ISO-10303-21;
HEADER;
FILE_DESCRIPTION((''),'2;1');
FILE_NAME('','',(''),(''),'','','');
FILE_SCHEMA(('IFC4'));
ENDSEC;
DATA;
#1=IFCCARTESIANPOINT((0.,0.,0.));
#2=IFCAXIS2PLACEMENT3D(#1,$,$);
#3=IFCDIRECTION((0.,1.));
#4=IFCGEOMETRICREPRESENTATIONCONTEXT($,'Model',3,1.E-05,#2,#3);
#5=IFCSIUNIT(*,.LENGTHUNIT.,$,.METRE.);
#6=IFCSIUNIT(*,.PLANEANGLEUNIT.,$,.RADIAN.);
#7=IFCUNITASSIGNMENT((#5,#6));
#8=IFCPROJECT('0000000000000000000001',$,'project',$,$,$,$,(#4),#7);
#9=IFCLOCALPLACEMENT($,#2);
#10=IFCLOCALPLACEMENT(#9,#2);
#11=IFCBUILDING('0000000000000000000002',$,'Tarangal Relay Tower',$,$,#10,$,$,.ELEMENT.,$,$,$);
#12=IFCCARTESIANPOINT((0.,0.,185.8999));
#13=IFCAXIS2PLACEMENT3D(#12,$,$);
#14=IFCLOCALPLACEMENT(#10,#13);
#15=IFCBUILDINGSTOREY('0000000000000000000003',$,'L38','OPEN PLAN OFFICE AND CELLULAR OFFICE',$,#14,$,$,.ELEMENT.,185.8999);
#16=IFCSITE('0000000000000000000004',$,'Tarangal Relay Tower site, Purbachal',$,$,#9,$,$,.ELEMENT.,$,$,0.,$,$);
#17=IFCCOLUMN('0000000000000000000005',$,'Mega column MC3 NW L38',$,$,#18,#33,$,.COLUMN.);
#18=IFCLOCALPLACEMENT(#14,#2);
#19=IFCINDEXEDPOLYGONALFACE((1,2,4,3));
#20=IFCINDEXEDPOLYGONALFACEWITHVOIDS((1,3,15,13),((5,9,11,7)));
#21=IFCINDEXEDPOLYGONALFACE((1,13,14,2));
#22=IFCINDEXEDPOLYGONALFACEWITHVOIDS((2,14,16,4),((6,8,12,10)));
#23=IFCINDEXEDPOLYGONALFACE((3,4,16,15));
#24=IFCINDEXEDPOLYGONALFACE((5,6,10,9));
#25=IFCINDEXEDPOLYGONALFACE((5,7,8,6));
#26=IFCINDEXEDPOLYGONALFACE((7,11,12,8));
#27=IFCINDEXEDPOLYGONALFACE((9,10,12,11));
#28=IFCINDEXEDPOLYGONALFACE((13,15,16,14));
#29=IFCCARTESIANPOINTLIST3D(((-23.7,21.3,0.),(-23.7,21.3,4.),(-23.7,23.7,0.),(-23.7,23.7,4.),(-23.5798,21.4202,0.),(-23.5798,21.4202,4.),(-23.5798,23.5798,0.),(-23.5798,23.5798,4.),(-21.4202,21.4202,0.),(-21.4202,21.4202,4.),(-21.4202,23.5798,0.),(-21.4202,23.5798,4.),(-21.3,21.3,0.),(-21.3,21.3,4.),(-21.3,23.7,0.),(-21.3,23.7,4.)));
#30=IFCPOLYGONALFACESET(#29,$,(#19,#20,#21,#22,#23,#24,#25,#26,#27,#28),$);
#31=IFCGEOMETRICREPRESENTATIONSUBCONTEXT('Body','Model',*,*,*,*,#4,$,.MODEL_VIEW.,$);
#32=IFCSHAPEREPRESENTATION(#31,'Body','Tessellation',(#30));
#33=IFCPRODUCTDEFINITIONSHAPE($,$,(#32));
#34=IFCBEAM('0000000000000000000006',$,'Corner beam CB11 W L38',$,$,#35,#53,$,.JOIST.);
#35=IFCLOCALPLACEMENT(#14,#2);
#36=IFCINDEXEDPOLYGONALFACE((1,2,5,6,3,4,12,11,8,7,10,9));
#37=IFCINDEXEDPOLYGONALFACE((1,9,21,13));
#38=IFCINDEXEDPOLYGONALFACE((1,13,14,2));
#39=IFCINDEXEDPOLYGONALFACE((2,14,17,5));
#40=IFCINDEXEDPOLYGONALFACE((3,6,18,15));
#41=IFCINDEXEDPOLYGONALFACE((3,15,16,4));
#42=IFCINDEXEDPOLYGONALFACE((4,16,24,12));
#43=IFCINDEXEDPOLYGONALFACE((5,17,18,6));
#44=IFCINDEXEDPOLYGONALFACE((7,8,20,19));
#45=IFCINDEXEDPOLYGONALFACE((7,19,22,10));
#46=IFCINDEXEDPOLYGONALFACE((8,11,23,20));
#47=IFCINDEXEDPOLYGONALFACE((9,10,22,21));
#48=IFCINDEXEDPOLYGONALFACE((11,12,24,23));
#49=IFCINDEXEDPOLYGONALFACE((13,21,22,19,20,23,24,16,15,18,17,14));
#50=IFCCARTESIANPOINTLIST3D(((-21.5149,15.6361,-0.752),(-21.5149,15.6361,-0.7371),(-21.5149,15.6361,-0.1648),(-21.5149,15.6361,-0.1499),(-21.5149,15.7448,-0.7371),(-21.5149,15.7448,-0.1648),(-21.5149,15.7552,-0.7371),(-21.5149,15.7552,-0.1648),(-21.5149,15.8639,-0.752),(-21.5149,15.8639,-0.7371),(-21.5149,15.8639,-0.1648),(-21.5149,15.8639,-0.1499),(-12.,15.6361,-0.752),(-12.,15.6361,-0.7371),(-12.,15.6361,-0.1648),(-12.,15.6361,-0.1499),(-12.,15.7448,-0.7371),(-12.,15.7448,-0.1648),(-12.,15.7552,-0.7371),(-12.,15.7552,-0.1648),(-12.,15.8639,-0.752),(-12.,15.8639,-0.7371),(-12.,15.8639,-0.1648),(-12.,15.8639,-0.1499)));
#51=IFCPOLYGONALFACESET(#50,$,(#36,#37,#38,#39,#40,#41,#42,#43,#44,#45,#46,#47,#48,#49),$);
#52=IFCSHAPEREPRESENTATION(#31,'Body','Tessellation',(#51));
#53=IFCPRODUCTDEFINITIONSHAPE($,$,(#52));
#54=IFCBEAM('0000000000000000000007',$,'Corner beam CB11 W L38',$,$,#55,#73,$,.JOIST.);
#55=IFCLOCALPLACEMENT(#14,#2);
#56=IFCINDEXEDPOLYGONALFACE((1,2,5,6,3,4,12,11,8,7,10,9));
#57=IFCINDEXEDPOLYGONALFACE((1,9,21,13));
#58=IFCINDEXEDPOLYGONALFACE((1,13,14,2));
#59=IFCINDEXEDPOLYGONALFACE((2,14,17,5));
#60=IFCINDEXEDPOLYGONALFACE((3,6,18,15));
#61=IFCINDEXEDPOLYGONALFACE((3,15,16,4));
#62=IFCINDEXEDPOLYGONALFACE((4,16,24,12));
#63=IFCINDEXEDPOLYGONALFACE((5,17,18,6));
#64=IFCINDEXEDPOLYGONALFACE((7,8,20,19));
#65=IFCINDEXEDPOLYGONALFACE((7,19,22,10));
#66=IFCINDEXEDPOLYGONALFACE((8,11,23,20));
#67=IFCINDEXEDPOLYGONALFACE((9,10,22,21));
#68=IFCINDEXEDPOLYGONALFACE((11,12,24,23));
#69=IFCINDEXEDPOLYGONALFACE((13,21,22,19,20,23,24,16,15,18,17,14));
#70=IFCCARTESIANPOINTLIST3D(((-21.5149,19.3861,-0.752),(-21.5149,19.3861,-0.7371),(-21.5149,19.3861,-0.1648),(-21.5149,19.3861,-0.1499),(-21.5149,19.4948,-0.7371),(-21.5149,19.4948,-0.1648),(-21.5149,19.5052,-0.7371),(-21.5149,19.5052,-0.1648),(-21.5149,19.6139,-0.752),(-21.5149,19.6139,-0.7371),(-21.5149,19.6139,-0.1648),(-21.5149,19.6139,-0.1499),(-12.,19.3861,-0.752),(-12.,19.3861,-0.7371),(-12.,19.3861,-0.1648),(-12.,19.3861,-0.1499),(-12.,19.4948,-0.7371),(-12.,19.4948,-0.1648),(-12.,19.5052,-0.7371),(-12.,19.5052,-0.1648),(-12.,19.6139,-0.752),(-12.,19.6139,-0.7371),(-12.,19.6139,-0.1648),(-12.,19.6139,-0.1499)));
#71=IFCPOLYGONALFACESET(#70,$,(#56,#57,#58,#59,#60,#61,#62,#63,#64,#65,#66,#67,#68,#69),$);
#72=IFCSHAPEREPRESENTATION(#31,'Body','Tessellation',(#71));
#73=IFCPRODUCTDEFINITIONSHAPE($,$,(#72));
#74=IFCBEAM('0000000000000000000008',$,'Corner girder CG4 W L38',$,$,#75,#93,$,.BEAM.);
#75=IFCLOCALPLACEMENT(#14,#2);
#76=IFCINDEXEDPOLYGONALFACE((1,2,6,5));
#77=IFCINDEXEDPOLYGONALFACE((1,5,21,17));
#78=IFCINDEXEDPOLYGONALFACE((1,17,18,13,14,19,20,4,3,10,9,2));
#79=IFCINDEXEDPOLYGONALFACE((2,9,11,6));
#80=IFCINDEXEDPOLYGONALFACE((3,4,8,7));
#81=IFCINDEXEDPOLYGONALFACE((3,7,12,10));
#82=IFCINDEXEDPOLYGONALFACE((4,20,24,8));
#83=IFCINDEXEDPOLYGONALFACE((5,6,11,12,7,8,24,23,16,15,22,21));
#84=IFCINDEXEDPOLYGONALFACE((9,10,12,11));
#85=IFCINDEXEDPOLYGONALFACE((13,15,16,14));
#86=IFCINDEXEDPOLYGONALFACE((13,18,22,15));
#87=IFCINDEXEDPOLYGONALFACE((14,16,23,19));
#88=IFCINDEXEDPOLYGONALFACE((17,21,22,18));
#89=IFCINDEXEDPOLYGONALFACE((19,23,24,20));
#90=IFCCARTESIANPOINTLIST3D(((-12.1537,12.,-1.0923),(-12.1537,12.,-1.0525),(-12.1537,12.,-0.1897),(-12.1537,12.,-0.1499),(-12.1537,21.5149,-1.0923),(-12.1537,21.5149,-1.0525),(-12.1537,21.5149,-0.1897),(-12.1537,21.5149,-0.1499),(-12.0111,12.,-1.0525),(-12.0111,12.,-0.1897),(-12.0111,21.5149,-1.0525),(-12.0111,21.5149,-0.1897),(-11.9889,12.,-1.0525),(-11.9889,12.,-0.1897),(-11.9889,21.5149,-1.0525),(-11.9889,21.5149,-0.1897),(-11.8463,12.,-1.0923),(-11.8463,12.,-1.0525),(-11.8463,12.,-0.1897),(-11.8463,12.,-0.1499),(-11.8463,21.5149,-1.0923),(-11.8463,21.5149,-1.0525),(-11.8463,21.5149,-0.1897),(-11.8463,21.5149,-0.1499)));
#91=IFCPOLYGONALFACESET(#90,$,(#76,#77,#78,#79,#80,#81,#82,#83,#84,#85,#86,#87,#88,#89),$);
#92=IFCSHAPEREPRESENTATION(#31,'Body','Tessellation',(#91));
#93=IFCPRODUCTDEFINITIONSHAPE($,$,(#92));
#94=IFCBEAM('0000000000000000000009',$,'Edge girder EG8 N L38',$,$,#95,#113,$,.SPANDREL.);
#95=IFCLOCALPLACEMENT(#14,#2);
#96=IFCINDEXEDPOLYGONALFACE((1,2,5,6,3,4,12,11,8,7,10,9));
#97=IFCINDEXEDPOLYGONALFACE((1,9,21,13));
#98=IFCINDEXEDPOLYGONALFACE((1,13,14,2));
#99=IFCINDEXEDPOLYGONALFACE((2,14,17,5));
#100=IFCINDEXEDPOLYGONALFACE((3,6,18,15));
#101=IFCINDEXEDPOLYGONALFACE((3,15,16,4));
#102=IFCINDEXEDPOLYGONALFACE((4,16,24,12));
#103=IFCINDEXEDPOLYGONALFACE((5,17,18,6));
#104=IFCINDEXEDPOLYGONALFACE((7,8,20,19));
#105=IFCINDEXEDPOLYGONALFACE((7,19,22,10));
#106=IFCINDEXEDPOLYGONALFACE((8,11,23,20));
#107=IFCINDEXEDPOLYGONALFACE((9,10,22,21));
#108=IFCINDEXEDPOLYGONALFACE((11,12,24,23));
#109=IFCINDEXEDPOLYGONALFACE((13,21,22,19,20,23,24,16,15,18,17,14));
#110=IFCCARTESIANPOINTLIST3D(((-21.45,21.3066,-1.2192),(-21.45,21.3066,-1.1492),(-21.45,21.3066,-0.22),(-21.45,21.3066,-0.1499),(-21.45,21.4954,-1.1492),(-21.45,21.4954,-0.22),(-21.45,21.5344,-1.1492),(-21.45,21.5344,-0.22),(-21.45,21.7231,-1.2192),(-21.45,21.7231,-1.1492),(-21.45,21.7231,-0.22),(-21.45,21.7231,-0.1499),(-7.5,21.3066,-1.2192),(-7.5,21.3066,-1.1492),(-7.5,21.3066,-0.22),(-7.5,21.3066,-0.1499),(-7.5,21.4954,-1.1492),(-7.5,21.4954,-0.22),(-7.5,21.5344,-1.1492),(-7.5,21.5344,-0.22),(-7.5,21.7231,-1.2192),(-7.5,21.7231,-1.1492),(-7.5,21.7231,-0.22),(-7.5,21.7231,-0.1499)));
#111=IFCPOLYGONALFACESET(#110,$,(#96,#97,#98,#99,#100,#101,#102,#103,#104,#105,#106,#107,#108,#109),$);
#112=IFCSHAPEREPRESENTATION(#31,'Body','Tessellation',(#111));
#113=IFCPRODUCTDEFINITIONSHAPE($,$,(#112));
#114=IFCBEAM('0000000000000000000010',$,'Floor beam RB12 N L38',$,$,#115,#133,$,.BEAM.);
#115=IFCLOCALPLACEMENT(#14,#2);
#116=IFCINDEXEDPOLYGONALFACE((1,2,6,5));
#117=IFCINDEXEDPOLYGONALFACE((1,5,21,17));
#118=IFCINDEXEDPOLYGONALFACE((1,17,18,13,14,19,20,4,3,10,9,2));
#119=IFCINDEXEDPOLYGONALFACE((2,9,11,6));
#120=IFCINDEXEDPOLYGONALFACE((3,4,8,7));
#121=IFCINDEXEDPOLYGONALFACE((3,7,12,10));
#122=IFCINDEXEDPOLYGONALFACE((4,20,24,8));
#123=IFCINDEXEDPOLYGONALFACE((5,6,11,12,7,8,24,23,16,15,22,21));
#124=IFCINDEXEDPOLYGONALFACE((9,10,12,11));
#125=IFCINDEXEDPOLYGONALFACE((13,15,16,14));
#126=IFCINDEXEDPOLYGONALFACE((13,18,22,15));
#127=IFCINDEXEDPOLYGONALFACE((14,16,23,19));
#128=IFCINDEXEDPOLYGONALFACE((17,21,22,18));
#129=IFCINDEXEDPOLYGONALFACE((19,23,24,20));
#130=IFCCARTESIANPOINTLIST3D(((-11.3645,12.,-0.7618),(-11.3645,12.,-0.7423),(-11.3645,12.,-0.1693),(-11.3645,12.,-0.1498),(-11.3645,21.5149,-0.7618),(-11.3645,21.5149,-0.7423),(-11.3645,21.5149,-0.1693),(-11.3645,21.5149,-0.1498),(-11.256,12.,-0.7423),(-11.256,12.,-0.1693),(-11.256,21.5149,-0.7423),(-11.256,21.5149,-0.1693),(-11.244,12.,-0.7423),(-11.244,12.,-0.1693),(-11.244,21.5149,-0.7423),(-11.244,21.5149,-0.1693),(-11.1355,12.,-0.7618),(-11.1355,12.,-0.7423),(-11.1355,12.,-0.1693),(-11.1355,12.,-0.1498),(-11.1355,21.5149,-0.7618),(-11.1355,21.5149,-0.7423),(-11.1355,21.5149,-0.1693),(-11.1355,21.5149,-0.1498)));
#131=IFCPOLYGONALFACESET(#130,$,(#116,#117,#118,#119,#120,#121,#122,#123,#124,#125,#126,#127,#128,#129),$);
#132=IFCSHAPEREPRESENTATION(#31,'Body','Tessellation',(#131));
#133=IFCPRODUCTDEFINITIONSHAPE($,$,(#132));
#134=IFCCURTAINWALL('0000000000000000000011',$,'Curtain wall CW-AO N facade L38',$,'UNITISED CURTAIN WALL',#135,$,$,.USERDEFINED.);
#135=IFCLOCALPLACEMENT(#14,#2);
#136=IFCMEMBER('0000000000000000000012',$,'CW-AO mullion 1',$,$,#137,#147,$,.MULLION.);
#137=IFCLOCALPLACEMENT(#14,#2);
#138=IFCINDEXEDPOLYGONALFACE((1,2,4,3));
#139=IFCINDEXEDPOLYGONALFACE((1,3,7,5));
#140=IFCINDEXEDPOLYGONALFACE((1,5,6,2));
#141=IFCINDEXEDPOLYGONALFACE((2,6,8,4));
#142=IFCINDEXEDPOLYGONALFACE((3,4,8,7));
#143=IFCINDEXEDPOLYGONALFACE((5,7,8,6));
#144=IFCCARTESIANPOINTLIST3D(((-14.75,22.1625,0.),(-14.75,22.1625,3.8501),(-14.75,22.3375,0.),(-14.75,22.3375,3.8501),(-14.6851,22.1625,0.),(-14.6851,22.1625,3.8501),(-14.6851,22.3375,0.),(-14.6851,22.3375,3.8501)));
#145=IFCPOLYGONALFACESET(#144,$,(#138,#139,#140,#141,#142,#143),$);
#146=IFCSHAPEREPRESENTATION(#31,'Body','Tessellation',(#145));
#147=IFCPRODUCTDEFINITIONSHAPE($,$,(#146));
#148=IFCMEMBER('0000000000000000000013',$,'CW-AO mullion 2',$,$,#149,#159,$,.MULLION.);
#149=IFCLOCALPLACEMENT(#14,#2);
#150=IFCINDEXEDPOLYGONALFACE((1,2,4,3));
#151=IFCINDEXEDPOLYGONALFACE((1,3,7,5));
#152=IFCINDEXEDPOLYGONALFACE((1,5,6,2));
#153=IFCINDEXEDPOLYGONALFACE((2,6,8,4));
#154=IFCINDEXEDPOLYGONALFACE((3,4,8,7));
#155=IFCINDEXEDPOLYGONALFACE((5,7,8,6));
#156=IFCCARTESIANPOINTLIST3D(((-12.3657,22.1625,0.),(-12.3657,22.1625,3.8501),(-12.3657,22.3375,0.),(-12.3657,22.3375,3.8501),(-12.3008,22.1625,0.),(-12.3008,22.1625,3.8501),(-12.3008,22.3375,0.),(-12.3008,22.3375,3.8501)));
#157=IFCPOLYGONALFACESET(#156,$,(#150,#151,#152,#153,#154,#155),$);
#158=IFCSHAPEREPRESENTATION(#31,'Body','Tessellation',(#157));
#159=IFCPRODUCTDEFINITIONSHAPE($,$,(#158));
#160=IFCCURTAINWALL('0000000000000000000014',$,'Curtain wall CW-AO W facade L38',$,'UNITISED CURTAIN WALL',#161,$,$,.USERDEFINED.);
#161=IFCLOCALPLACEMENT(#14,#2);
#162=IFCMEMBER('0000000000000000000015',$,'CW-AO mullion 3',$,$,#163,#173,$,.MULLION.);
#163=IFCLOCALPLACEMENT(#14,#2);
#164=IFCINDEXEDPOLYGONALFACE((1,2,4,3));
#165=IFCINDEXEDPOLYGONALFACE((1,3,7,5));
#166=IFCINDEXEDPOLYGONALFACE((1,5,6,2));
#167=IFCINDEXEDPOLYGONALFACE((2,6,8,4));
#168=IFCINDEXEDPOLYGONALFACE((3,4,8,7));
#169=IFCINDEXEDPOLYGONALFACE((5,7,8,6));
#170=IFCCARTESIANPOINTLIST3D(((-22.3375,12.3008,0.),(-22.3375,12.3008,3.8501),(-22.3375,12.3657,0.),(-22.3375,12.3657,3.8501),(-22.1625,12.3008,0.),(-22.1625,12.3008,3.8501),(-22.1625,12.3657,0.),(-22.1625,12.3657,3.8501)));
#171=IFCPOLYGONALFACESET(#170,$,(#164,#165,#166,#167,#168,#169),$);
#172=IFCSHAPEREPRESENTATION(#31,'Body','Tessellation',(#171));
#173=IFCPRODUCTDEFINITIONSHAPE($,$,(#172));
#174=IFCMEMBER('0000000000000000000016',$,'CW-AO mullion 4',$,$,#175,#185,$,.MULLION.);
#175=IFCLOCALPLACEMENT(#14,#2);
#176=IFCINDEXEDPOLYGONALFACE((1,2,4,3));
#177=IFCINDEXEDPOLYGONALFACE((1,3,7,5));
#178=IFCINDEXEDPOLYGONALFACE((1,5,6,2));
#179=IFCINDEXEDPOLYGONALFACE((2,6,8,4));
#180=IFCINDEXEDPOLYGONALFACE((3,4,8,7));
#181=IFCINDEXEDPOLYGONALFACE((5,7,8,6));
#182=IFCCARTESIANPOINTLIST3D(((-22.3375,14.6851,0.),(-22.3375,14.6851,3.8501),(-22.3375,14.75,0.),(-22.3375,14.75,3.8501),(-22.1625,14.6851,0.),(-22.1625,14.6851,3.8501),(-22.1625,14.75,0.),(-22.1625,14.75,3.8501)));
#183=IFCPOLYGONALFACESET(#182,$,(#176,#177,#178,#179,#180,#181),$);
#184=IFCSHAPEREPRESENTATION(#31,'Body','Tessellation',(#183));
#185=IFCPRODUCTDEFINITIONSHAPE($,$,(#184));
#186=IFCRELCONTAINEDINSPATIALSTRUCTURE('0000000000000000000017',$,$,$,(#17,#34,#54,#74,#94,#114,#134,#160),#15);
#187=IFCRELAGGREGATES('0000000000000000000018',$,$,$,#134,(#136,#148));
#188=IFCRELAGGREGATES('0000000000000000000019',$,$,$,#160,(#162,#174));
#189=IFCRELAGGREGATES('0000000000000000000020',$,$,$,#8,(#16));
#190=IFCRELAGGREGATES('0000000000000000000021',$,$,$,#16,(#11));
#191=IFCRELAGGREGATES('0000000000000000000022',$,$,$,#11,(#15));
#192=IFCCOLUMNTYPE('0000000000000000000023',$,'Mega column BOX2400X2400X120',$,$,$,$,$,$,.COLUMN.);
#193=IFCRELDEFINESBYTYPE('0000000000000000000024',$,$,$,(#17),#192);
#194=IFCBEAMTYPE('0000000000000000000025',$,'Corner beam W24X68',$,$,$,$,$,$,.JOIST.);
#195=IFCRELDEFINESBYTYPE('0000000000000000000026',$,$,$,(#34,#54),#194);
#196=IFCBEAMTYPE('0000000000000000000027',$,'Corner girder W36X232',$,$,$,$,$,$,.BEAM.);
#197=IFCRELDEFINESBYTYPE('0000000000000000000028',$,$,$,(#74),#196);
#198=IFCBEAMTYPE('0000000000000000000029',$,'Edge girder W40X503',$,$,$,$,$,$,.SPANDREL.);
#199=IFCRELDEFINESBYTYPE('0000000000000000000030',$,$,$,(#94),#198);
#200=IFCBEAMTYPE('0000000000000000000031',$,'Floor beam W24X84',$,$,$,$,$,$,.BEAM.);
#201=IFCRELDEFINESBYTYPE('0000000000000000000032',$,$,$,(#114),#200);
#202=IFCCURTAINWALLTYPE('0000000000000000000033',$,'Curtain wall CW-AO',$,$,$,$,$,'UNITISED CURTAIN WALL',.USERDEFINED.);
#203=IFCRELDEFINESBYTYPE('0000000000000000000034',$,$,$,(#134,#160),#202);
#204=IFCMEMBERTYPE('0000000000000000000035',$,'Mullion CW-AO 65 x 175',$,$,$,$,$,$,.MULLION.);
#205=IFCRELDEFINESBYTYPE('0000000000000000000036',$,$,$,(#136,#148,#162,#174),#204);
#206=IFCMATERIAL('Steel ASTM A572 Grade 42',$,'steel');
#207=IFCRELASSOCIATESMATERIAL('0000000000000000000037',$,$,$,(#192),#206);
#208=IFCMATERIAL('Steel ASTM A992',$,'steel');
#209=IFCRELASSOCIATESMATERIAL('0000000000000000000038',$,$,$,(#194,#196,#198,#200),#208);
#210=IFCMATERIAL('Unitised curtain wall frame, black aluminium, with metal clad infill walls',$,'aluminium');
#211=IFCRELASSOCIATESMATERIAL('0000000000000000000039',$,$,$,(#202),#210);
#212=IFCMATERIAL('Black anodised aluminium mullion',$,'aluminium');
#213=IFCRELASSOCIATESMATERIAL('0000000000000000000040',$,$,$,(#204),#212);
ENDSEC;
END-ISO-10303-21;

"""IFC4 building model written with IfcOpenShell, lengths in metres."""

from ifc_helpers import new_model, si_unit, direction, frame, origin, origin_2d, place, context, subcontext, project, spatial, rectangle, hollow_rectangle, i_section, extrude, material, material_profile, profile_set, type_object, element, aggregate, save


model = new_model("IFC4")

# Units and contexts
model_context = context("Model", 3, precision=1e-05, world=origin(), true_north=direction((0.0, 1.0)))
body_context = subcontext(model_context, "Body", "Model", "MODEL_VIEW")
ifc_project = project(units=[si_unit("LENGTHUNIT", "METRE"), si_unit("PLANEANGLEUNIT", "RADIAN")], contexts=[model_context])

# Site, building, storey
site_placement = place(None, origin())
site = spatial("IfcSite", under=ifc_project, at=site_placement, Name="Tarangal Relay Tower site, Purbachal", CompositionType="ELEMENT", RefElevation=0.0)
building_placement = place(site_placement, origin())
building = spatial("IfcBuilding", under=site, at=building_placement, Name="Tarangal Relay Tower", CompositionType="ELEMENT")
storey_placement = place(building_placement, frame((0.0, 0.0, 185.8999)))
storey = spatial("IfcBuildingStorey", under=building, at=storey_placement, Name="L38", Description="OPEN PLAN OFFICE AND CELLULAR OFFICE", CompositionType="ELEMENT", Elevation=185.8999)

# Column
ifc_material_1 = material(Name="Steel ASTM A572 Grade 42", Category="steel")
ifc_material_profile_1 = material_profile(ifc_material_1, hollow_rectangle(XDim=2.3999, YDim=2.3999, WallThickness=0.1201, at=origin_2d()), Name="BOX2400X2400X120")
ifc_profile_set_1 = profile_set([ifc_material_profile_1], Name="Steel ASTM A572 Grade 42")
column_type = type_object("IfcColumnType", Name="Mega column BOX2400X2400X120", PredefinedType="COLUMN", material=ifc_profile_set_1)
column_placement = place(storey_placement, frame((-22.5, 22.5, 0.0), z_axis=(0.0, 0.0, 1.0), x_axis=(1.0, 0.0, 0.0)))
element("IfcColumn", 1, at=column_placement, inside=storey, type_object=column_type, Name="Mega column MC3 NW L38", PredefinedType="COLUMN", context=body_context, shape_type="SweptSolid", body=[
    extrude(hollow_rectangle(XDim=2.3999, YDim=2.3999, WallThickness=0.1201, at=origin_2d()), origin(), (0.0, 0.0, 1.0), 4.0),
])

# Beams
ifc_material_2 = material(Name="Steel ASTM A992", Category="steel")
ifc_material_profile_2 = material_profile(ifc_material_2, i_section(OverallWidth=0.2278, OverallDepth=0.6021, WebThickness=0.0105, FlangeThickness=0.0149, at=origin_2d()), Name="W24X68")
ifc_profile_set_2 = profile_set([ifc_material_profile_2], Name="Steel ASTM A992")
beam_type_1 = type_object("IfcBeamType", Name="Corner beam W24X68", PredefinedType="JOIST", material=ifc_profile_set_2)
for number, where, z_axis, x_axis, name in (
    (2, (-12.0, 15.75, -0.4509), (-1.0, 0.0, 0.0), (0.0, -1.0, 0.0), "Corner beam CB11 W L38"),
    (3, (-12.0, 19.5, -0.4509), (-1.0, 0.0, 0.0), (0.0, -1.0, 0.0), "Corner beam CB11 W L38"),
):
    element("IfcBeam", number, at=place(storey_placement, frame(where, z_axis=z_axis, x_axis=x_axis)), inside=storey, type_object=beam_type_1, Name=name, PredefinedType="JOIST", context=body_context, shape_type="SweptSolid", body=[
        extrude(i_section(OverallWidth=0.2278, OverallDepth=0.6021, WebThickness=0.0105, FlangeThickness=0.0149, at=origin_2d()), origin(), (0.0, 0.0, 1.0), 9.5149),
    ])
ifc_material_profile_3 = material_profile(ifc_material_2, i_section(OverallWidth=0.3074, OverallDepth=0.9424, WebThickness=0.0222, FlangeThickness=0.0398, at=origin_2d()), Name="W36X232")
ifc_profile_set_3 = profile_set([ifc_material_profile_3], Name="Steel ASTM A992")
beam_type_2 = type_object("IfcBeamType", Name="Corner girder W36X232", PredefinedType="BEAM", material=ifc_profile_set_3)
beam_1_placement = place(storey_placement, frame((-12.0, 12.0, -0.6211), z_axis=(0.0, 1.0, 0.0), x_axis=(-1.0, 0.0, 0.0)))
element("IfcBeam", 4, at=beam_1_placement, inside=storey, type_object=beam_type_2, Name="Corner girder CG4 W L38", PredefinedType="BEAM", context=body_context, shape_type="SweptSolid", body=[
    extrude(i_section(OverallWidth=0.3074, OverallDepth=0.9424, WebThickness=0.0222, FlangeThickness=0.0398, at=origin_2d()), origin(), (0.0, 0.0, 1.0), 9.5149),
])
ifc_material_profile_4 = material_profile(ifc_material_2, i_section(OverallWidth=0.4165, OverallDepth=1.0693, WebThickness=0.0391, FlangeThickness=0.0701, at=origin_2d()), Name="W40X503")
ifc_profile_set_4 = profile_set([ifc_material_profile_4], Name="Steel ASTM A992")
beam_type_3 = type_object("IfcBeamType", Name="Edge girder W40X503", PredefinedType="SPANDREL", material=ifc_profile_set_4)
beam_2_placement = place(storey_placement, frame((-21.45, 21.5149, -0.6846), z_axis=(1.0, 0.0, 0.0), x_axis=(0.0, 1.0, 0.0)))
element("IfcBeam", 5, at=beam_2_placement, inside=storey, type_object=beam_type_3, Name="Edge girder EG8 N L38", PredefinedType="SPANDREL", context=body_context, shape_type="SweptSolid", body=[
    extrude(i_section(OverallWidth=0.4165, OverallDepth=1.0693, WebThickness=0.0391, FlangeThickness=0.0701, at=origin_2d()), origin(), (0.0, 0.0, 1.0), 13.95),
])
ifc_material_profile_5 = material_profile(ifc_material_2, i_section(OverallWidth=0.229, OverallDepth=0.6121, WebThickness=0.012, FlangeThickness=0.0195, at=origin_2d()), Name="W24X84")
ifc_profile_set_5 = profile_set([ifc_material_profile_5], Name="Steel ASTM A992")
beam_type_4 = type_object("IfcBeamType", Name="Floor beam W24X84", PredefinedType="BEAM", material=ifc_profile_set_5)
beam_3_placement = place(storey_placement, frame((-11.25, 12.0, -0.4558), z_axis=(0.0, 1.0, 0.0), x_axis=(-1.0, 0.0, 0.0)))
element("IfcBeam", 6, at=beam_3_placement, inside=storey, type_object=beam_type_4, Name="Floor beam RB12 N L38", PredefinedType="BEAM", context=body_context, shape_type="SweptSolid", body=[
    extrude(i_section(OverallWidth=0.229, OverallDepth=0.6121, WebThickness=0.012, FlangeThickness=0.0195, at=origin_2d()), origin(), (0.0, 0.0, 1.0), 9.5149),
])

# Curtain walls, members
ifc_material_3 = material(Name="Unitised curtain wall frame, black aluminium, with metal clad infill walls", Category="aluminium")
curtain_wall_type = type_object("IfcCurtainWallType", Name="Curtain wall CW-AO", ElementType="UNITISED CURTAIN WALL", PredefinedType="USERDEFINED", material=ifc_material_3)
curtain_wall_1_placement = place(storey_placement, origin())
curtain_wall_1 = element("IfcCurtainWall", 7, at=curtain_wall_1_placement, inside=storey, type_object=curtain_wall_type, Name="Curtain wall CW-AO N facade L38", ObjectType="UNITISED CURTAIN WALL", PredefinedType="USERDEFINED")
ifc_material_4 = material(Name="Black anodised aluminium mullion", Category="aluminium")
ifc_material_profile_6 = material_profile(ifc_material_4, rectangle(XDim=0.175, YDim=0.0649, at=origin_2d()), Name="CW-AOM 65X175")
ifc_profile_set_6 = profile_set([ifc_material_profile_6], Name="Black anodised aluminium mullion")
member_type_1 = type_object("IfcMemberType", Name="Mullion CW-AO 65 x 175", PredefinedType="MULLION", material=ifc_profile_set_6)
member_1_placement = place(storey_placement, frame((-14.7175, 22.25, 0.0), z_axis=(0.0, 0.0, 1.0), x_axis=(0.0, 1.0, 0.0)))
member_1 = element("IfcMember", 8, at=member_1_placement, type_object=member_type_1, Name="CW-AO mullion 1", PredefinedType="MULLION", context=body_context, shape_type="SweptSolid", body=[
    extrude(rectangle(XDim=0.175, YDim=0.0649, at=origin_2d()), origin(), (0.0, 0.0, 1.0), 3.8501),
])
member_2_placement = place(storey_placement, frame((-12.3333, 22.25, 0.0), z_axis=(0.0, 0.0, 1.0), x_axis=(0.0, 1.0, 0.0)))
member_2 = element("IfcMember", 9, at=member_2_placement, type_object=member_type_1, Name="CW-AO mullion 2", PredefinedType="MULLION", context=body_context, shape_type="SweptSolid", body=[
    extrude(rectangle(XDim=0.175, YDim=0.0649, at=origin_2d()), origin(), (0.0, 0.0, 1.0), 3.8501),
])
curtain_wall_2_placement = place(storey_placement, origin())
curtain_wall_2 = element("IfcCurtainWall", 10, at=curtain_wall_2_placement, inside=storey, type_object=curtain_wall_type, Name="Curtain wall CW-AO W facade L38", ObjectType="UNITISED CURTAIN WALL", PredefinedType="USERDEFINED")
member_3_placement = place(storey_placement, frame((-22.25, 12.3333, 0.0), z_axis=(0.0, 0.0, 1.0), x_axis=(-1.0, 0.0, 0.0)))
member_3 = element("IfcMember", 11, at=member_3_placement, type_object=member_type_1, Name="CW-AO mullion 3", PredefinedType="MULLION", context=body_context, shape_type="SweptSolid", body=[
    extrude(rectangle(XDim=0.175, YDim=0.0649, at=origin_2d()), origin(), (0.0, 0.0, 1.0), 3.8501),
])
member_4_placement = place(storey_placement, frame((-22.25, 14.7175, 0.0), z_axis=(0.0, 0.0, 1.0), x_axis=(-1.0, 0.0, 0.0)))
member_4 = element("IfcMember", 12, at=member_4_placement, type_object=member_type_1, Name="CW-AO mullion 4", PredefinedType="MULLION", context=body_context, shape_type="SweptSolid", body=[
    extrude(rectangle(XDim=0.175, YDim=0.0649, at=origin_2d()), origin(), (0.0, 0.0, 1.0), 3.8501),
])

aggregate(curtain_wall_1, [member_1, member_2])
aggregate(curtain_wall_2, [member_3, member_4])

save(model, "model.ifc")
